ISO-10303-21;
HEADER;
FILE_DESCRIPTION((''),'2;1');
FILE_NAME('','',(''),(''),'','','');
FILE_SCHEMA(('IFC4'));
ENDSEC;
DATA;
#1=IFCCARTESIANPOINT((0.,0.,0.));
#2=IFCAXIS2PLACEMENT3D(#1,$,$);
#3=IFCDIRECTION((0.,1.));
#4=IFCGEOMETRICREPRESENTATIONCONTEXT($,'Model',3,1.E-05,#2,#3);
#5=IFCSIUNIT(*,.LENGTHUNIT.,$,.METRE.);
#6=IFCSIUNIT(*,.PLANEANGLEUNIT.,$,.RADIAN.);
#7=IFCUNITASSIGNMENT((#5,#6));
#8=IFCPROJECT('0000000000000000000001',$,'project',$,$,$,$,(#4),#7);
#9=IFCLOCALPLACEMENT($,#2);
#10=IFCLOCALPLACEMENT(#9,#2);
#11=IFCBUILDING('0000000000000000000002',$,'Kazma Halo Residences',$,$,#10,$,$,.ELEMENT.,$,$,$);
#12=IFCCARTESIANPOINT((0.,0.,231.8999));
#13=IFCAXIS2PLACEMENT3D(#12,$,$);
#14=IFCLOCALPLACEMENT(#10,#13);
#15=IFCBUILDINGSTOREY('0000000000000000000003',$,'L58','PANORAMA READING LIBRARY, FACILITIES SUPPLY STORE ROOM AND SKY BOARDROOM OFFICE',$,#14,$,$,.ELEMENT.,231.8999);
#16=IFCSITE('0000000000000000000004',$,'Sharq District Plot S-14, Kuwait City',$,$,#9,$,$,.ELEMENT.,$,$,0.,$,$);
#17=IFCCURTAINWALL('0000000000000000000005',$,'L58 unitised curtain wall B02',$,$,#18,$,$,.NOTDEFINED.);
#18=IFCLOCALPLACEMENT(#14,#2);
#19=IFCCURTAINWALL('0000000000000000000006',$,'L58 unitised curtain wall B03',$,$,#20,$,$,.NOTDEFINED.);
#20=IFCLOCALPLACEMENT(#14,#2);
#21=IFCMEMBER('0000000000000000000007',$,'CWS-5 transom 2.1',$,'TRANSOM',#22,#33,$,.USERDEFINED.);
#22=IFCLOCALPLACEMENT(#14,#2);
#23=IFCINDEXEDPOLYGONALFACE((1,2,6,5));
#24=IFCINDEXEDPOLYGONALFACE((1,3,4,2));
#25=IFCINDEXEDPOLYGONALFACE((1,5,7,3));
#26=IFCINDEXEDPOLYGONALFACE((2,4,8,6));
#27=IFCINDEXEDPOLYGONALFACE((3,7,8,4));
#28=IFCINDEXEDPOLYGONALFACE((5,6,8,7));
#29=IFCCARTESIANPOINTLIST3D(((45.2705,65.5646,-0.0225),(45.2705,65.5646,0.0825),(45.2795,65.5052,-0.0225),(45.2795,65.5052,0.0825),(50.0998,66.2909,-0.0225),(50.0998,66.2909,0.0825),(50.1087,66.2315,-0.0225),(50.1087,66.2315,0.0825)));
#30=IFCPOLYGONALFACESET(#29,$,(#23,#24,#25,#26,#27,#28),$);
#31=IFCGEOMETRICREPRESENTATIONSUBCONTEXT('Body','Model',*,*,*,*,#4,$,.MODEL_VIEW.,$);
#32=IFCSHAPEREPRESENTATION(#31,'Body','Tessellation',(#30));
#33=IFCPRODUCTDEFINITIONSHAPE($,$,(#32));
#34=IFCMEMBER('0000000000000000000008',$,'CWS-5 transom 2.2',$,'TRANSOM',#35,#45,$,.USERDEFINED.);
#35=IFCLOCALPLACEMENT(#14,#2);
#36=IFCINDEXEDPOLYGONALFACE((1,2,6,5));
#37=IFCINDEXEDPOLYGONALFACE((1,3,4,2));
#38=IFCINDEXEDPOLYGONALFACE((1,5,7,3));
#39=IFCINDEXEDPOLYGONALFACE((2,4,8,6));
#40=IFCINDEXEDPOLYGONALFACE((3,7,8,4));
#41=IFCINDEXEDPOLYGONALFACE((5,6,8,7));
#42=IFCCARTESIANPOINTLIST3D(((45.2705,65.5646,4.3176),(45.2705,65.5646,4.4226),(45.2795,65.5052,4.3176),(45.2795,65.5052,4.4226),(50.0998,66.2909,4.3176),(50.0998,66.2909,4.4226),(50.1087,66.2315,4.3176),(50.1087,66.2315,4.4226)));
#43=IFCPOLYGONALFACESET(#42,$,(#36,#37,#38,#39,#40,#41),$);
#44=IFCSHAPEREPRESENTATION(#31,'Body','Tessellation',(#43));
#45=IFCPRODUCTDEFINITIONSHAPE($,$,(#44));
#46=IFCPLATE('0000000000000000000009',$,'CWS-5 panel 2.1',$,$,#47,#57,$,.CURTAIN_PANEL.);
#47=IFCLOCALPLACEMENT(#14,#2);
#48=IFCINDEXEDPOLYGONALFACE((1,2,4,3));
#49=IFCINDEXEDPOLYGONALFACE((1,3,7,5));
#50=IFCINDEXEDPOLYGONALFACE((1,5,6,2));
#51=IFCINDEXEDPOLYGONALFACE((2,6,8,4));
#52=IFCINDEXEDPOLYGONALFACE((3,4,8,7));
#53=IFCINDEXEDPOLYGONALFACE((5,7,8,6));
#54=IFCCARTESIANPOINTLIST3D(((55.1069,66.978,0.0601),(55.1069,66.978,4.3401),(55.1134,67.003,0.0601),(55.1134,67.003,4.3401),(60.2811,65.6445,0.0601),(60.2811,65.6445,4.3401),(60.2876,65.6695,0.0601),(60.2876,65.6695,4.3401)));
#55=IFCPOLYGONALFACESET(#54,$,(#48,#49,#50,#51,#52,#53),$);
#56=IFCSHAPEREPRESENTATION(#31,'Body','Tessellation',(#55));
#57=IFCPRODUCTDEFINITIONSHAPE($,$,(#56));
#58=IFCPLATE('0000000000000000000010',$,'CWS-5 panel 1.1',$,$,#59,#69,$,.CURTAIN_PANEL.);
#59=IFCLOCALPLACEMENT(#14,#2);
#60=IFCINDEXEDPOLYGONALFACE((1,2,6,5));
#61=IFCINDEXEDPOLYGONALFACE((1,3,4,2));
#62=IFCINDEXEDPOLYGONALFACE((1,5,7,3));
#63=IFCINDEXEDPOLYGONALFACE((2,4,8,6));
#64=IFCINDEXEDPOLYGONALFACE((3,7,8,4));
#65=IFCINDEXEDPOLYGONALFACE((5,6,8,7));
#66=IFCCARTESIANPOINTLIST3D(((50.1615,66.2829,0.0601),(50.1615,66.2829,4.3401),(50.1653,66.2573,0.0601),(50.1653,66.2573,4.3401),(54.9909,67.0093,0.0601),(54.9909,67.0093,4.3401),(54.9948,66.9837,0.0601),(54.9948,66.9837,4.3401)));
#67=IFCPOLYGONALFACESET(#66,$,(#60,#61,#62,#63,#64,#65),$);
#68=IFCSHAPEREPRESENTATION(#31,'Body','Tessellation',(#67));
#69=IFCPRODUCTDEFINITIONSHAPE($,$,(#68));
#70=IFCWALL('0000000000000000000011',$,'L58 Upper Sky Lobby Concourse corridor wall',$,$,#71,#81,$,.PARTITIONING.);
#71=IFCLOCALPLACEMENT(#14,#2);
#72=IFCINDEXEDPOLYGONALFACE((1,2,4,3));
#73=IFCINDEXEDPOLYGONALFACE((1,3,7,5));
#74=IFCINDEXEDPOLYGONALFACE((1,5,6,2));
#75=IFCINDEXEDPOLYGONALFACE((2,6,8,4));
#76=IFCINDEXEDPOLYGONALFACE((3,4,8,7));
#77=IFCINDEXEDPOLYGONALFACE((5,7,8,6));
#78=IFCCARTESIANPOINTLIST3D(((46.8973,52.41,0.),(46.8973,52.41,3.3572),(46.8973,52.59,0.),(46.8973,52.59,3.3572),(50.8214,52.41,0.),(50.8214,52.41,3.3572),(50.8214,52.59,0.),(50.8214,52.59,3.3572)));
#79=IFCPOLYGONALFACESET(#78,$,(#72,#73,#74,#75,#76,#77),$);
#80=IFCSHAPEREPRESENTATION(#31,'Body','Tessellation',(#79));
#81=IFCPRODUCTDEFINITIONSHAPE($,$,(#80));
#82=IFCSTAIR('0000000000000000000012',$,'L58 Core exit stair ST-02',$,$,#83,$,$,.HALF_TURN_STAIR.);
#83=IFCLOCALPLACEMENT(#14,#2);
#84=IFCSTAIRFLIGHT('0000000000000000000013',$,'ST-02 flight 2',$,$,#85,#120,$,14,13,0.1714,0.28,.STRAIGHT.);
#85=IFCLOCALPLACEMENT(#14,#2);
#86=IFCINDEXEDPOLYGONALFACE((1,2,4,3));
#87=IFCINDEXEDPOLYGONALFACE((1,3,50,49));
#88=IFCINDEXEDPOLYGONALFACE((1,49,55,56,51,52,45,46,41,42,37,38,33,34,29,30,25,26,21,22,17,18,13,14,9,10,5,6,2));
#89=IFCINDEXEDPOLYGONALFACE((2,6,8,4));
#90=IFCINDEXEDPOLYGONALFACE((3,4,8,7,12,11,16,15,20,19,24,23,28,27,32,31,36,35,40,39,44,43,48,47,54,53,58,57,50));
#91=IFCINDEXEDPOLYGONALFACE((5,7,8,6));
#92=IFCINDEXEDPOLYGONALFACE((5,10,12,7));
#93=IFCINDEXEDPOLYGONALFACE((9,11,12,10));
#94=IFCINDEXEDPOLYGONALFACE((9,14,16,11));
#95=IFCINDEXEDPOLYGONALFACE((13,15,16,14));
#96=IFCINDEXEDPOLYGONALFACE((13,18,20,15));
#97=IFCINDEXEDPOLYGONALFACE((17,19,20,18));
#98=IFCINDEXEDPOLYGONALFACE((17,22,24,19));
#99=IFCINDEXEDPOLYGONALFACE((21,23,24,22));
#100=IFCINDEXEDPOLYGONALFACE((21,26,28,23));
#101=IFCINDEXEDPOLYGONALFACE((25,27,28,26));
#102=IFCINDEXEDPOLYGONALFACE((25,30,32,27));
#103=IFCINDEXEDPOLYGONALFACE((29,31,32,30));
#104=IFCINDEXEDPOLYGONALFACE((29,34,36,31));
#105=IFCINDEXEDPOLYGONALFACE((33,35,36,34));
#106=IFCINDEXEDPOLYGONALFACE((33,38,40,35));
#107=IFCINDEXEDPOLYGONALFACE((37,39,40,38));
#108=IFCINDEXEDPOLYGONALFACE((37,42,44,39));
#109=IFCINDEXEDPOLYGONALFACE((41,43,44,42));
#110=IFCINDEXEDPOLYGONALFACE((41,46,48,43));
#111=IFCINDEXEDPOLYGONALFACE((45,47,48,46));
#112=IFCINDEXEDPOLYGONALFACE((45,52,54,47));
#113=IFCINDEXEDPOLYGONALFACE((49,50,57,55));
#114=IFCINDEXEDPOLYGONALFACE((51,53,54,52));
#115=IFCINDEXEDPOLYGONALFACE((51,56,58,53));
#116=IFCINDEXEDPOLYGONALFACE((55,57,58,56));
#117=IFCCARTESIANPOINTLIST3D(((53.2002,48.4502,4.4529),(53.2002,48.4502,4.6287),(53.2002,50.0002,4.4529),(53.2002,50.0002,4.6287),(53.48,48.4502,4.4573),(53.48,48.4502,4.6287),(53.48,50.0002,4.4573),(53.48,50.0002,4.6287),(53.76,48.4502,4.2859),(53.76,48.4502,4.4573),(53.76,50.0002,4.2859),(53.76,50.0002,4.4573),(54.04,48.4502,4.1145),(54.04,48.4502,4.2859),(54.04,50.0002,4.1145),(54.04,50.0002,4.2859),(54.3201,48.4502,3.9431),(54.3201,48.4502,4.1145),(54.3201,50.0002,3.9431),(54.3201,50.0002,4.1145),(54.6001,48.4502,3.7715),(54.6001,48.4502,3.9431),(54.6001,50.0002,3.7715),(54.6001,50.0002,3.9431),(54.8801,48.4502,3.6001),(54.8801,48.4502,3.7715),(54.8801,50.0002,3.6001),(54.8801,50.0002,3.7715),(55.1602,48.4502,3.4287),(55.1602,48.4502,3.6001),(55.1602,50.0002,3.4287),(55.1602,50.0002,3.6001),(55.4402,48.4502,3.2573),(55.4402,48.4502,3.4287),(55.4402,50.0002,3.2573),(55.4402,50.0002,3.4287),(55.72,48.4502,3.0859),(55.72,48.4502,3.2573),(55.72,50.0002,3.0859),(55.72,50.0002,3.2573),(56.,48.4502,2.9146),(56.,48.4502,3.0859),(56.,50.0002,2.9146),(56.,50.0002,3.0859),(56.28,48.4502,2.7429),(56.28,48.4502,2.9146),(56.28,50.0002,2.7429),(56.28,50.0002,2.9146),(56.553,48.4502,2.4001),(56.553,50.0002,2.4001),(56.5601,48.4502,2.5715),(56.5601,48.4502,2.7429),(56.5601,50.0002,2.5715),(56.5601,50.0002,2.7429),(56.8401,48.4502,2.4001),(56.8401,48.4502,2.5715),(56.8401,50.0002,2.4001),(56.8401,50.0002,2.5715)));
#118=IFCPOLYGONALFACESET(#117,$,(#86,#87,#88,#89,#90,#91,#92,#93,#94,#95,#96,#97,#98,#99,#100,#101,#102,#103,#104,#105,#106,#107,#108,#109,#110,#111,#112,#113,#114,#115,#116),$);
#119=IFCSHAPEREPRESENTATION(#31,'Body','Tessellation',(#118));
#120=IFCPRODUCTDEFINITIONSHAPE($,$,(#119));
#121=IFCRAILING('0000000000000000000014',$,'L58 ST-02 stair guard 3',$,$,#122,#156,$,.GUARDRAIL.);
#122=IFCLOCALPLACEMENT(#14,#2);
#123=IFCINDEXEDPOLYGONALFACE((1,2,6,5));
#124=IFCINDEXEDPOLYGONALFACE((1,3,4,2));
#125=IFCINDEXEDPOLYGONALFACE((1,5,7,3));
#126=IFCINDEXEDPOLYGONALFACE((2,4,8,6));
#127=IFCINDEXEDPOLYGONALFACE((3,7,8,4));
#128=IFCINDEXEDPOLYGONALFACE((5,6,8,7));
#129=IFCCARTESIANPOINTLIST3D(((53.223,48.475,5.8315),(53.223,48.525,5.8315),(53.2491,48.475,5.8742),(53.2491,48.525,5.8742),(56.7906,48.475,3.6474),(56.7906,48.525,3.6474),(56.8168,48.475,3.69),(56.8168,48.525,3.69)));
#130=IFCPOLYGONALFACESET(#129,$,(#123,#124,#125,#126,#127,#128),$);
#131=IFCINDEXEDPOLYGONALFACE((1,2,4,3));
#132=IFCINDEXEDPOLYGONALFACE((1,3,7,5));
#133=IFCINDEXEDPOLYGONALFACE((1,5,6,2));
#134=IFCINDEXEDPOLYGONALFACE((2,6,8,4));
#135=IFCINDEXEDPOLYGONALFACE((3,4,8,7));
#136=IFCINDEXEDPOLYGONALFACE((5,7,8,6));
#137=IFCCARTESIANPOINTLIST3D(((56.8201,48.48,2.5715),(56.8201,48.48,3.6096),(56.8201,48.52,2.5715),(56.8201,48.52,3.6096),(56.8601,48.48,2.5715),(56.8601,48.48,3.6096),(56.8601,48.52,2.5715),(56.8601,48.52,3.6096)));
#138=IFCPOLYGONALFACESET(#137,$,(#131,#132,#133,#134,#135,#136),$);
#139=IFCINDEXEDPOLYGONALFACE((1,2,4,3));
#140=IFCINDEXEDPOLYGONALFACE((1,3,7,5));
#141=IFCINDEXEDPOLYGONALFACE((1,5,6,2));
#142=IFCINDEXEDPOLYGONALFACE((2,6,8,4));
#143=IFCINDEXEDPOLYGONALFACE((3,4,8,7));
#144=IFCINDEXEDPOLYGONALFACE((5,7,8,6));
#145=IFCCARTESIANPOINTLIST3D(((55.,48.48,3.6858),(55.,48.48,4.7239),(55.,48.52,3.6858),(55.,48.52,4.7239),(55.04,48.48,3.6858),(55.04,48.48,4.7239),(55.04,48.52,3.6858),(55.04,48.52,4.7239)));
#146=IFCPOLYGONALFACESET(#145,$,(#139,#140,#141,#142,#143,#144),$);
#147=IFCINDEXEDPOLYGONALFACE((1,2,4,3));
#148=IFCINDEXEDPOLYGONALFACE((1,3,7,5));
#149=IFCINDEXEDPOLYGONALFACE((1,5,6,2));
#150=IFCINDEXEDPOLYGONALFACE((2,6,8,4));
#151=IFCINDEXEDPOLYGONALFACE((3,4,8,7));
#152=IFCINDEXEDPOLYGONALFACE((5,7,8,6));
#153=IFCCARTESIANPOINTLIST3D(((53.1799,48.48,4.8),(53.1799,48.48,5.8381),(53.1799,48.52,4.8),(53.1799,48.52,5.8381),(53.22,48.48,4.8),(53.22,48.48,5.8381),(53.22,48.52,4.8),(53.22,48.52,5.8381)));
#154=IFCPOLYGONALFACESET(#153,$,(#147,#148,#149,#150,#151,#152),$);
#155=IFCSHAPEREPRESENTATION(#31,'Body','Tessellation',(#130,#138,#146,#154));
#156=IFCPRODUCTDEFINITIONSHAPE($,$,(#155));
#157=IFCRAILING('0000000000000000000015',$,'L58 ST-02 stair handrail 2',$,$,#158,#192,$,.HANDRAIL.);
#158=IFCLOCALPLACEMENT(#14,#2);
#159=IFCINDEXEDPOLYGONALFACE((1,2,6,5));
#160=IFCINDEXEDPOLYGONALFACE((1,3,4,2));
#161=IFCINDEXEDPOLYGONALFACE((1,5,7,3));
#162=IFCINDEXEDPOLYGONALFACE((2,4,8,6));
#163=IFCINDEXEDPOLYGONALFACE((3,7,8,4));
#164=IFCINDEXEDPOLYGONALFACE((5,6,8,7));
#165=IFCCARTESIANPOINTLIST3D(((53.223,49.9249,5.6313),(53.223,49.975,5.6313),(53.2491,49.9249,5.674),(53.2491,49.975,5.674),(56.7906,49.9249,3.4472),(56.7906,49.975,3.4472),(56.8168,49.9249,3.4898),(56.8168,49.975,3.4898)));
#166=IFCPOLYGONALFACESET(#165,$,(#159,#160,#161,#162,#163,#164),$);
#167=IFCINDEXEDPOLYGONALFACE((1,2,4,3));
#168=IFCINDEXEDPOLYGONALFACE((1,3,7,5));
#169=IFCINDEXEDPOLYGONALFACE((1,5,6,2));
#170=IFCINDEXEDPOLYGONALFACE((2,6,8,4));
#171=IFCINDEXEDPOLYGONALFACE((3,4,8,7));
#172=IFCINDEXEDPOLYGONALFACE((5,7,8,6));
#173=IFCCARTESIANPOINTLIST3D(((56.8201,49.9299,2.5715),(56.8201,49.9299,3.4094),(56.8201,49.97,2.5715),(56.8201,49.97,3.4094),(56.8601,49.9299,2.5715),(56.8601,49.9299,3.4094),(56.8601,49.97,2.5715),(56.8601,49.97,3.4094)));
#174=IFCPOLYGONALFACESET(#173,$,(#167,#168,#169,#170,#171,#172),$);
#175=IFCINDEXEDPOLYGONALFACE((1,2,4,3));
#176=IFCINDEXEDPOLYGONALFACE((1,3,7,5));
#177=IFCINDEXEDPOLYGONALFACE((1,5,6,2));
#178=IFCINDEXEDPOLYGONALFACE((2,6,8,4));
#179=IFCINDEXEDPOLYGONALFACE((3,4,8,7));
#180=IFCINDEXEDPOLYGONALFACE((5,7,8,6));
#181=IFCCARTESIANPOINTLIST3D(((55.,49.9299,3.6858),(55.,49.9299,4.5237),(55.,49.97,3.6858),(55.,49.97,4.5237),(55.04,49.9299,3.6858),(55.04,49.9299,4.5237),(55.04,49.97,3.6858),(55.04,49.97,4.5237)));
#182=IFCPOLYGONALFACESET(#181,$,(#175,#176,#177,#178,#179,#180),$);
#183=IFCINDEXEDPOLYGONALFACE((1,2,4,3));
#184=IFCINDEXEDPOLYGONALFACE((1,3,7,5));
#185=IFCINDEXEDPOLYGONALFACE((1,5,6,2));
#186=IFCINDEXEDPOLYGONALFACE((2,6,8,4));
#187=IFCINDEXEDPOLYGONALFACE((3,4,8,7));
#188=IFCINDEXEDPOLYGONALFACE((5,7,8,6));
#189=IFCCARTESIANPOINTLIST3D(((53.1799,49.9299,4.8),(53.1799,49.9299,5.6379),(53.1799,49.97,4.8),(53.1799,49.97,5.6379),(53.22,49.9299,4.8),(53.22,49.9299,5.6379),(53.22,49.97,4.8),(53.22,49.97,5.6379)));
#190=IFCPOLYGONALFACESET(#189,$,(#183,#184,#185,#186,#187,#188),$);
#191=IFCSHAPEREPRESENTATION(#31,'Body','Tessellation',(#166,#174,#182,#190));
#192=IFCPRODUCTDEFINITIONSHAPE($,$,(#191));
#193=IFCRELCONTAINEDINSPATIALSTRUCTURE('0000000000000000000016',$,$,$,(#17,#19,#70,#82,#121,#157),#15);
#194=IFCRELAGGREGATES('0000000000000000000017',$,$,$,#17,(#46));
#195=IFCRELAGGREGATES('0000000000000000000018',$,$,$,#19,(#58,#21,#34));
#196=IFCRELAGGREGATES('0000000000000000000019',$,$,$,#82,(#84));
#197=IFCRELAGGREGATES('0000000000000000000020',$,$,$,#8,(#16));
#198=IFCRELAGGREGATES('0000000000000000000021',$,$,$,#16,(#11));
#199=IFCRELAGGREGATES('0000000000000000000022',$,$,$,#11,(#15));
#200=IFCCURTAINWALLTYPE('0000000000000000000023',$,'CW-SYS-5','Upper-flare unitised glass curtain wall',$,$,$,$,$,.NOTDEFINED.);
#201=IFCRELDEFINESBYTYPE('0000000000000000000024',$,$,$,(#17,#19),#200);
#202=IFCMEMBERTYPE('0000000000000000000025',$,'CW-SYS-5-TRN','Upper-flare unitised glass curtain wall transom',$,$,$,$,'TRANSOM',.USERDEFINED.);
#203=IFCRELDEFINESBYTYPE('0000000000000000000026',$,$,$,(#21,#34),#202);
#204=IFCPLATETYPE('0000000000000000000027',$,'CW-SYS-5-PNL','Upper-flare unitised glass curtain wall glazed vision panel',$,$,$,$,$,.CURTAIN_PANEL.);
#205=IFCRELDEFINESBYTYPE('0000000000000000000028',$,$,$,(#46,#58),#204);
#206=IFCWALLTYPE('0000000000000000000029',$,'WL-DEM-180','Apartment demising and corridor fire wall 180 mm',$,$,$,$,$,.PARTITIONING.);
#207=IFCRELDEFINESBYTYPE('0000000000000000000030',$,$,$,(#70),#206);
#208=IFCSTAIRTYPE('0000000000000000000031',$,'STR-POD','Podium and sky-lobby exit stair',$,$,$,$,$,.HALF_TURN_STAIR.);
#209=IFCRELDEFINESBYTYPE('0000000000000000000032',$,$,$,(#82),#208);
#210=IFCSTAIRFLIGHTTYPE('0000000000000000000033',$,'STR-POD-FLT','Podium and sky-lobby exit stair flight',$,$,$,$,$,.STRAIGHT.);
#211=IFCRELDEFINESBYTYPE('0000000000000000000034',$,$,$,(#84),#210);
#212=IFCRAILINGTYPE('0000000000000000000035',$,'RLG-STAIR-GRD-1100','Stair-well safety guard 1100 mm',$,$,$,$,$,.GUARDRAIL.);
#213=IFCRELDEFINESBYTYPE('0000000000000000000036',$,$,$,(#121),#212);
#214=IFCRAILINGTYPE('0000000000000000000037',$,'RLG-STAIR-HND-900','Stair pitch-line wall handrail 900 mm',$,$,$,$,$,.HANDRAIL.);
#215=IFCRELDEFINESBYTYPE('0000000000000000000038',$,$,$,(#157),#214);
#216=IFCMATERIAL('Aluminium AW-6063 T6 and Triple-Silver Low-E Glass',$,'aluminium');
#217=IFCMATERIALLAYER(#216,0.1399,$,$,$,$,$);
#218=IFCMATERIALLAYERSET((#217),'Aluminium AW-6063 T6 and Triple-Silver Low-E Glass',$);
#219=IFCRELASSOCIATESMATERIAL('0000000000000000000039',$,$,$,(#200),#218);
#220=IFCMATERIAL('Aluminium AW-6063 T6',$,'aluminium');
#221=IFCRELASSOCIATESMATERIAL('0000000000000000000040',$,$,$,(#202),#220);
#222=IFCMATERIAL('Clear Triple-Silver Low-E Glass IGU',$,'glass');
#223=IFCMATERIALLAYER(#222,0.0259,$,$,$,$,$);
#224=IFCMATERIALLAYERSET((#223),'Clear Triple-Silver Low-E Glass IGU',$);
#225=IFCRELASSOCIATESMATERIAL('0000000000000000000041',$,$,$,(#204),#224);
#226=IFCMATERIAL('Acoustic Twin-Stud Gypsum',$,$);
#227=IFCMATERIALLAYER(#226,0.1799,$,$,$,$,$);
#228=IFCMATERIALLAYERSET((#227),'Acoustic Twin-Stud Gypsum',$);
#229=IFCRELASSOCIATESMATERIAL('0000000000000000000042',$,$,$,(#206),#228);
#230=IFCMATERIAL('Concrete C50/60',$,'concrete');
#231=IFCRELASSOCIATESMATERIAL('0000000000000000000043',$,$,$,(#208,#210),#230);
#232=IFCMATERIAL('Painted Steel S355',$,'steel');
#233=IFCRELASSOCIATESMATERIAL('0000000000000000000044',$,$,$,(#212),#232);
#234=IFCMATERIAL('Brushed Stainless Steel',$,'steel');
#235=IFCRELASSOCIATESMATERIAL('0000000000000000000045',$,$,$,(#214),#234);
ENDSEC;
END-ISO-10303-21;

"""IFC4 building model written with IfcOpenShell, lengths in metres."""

from ifc_helpers import new_model, si_unit, direction, frame, frame_2d, origin, origin_2d, place, context, subcontext, project, spatial, polyline, rectangle, outline, extrude, material, layer, layer_set, material_profile, profile_set, type_object, element, aggregate, save


model = new_model("IFC4")

# Units and contexts
model_context = context("Model", 3, precision=1e-05, world=origin(), true_north=direction((0.0, 1.0)))
body_context = subcontext(model_context, "Body", "Model", "MODEL_VIEW")
ifc_project = project(units=[si_unit("LENGTHUNIT", "METRE"), si_unit("PLANEANGLEUNIT", "RADIAN")], contexts=[model_context])

# Site, building, storey
site_placement = place(None, origin())
site = spatial("IfcSite", under=ifc_project, at=site_placement, Name="Sharq District Plot S-14, Kuwait City", CompositionType="ELEMENT", RefElevation=0.0)
building_placement = place(site_placement, origin())
building = spatial("IfcBuilding", under=site, at=building_placement, Name="Kazma Halo Residences", CompositionType="ELEMENT")
storey_placement = place(building_placement, frame((0.0, 0.0, 231.8999)))
storey = spatial("IfcBuildingStorey", under=building, at=storey_placement, Name="L58", Description="PANORAMA READING LIBRARY, FACILITIES SUPPLY STORE ROOM AND SKY BOARDROOM OFFICE", CompositionType="ELEMENT", Elevation=231.8999)

# Curtain wall
ifc_material_1 = material(Name="Aluminium AW-6063 T6 and Triple-Silver Low-E Glass", Category="aluminium")
ifc_layer_1 = layer(ifc_material_1, 0.1399)
ifc_layer_set_1 = layer_set([ifc_layer_1], Name="Aluminium AW-6063 T6 and Triple-Silver Low-E Glass")
curtain_wall_type = type_object("IfcCurtainWallType", Name="CW-SYS-5", Description="Upper-flare unitised glass curtain wall", PredefinedType="NOTDEFINED", material=ifc_layer_set_1)
curtain_wall_1_placement = place(storey_placement, origin())
curtain_wall_1 = element("IfcCurtainWall", 1, at=curtain_wall_1_placement, inside=storey, type_object=curtain_wall_type, Name="L58 unitised curtain wall B02", PredefinedType="NOTDEFINED")
ifc_material_2 = material(Name="Aluminium AW-6063 T6", Category="aluminium")

# Curtain wall
curtain_wall_2_placement = place(storey_placement, origin())
curtain_wall_2 = element("IfcCurtainWall", 2, at=curtain_wall_2_placement, inside=storey, type_object=curtain_wall_type, Name="L58 unitised curtain wall B03", PredefinedType="NOTDEFINED")

# Members
ifc_material_profile_1 = material_profile(ifc_material_2, rectangle(XDim=0.0601, YDim=0.105, at=origin_2d()), Name="CWT-60x105")
ifc_profile_set_1 = profile_set([ifc_material_profile_1], Name="Aluminium AW-6063 T6")
member_type_1 = type_object("IfcMemberType", Name="CW-SYS-5-TRN", Description="Upper-flare unitised glass curtain wall transom", ElementType="TRANSOM", PredefinedType="USERDEFINED", material=ifc_profile_set_1)
member_1_placement = place(storey_placement, frame((50.1042, 66.2612, 0.03), z_axis=(-0.988879, -0.148724, 0.0), x_axis=(0.148724, -0.988879, 0.0)))
member_1 = element("IfcMember", 3, at=member_1_placement, type_object=member_type_1, Name="CWS-5 transom 2.1", ObjectType="TRANSOM", PredefinedType="USERDEFINED", context=body_context, shape_type="SweptSolid", body=[
    extrude(rectangle(XDim=0.0601, YDim=0.105, at=origin_2d()), origin(), (0.0, 0.0, 1.0), 4.8835),
])
member_2_placement = place(storey_placement, frame((50.1042, 66.2612, 4.3701), z_axis=(-0.988879, -0.148724, 0.0), x_axis=(0.148724, -0.988879, 0.0)))
member_2 = element("IfcMember", 4, at=member_2_placement, type_object=member_type_1, Name="CWS-5 transom 2.2", ObjectType="TRANSOM", PredefinedType="USERDEFINED", context=body_context, shape_type="SweptSolid", body=[
    extrude(rectangle(XDim=0.0601, YDim=0.105, at=origin_2d()), origin(), (0.0, 0.0, 1.0), 4.8835),
])

# Plates
ifc_material_3 = material(Name="Clear Triple-Silver Low-E Glass IGU", Category="glass")
ifc_layer_2 = layer(ifc_material_3, 0.0259)
ifc_layer_set_2 = layer_set([ifc_layer_2], Name="Clear Triple-Silver Low-E Glass IGU")
plate_type = type_object("IfcPlateType", Name="CW-SYS-5-PNL", Description="Upper-flare unitised glass curtain wall glazed vision panel", PredefinedType="CURTAIN_PANEL", material=ifc_layer_set_2)
plate_1_placement = place(storey_placement, frame((57.6973, 66.3237, 0.0601), z_axis=(0.0, 0.0, 1.0), x_axis=(-0.968358, 0.249567, 0.0)))
plate_1 = element("IfcPlate", 5, at=plate_1_placement, type_object=plate_type, Name="CWS-5 panel 2.1", PredefinedType="CURTAIN_PANEL", context=body_context, shape_type="SweptSolid", body=[
    extrude(rectangle(XDim=5.3433, YDim=0.0259, at=origin_2d()), origin(), (0.0, 0.0, 1.0), 4.28),
])
aggregate(curtain_wall_1, [plate_1])
plate_2_placement = place(storey_placement, frame((52.5781, 66.6333, 0.0601), z_axis=(0.0, 0.0, 1.0), x_axis=(-0.988877, -0.148733, 0.0)))
plate_2 = element("IfcPlate", 6, at=plate_2_placement, type_object=plate_type, Name="CWS-5 panel 1.1", PredefinedType="CURTAIN_PANEL", context=body_context, shape_type="SweptSolid", body=[
    extrude(rectangle(XDim=4.8838, YDim=0.0259, at=origin_2d()), origin(), (0.0, 0.0, 1.0), 4.28),
])
aggregate(curtain_wall_2, [plate_2, member_1, member_2])

# Shared definitions
ifc_material_4 = material(Name="Acoustic Twin-Stud Gypsum")
ifc_layer_3 = layer(ifc_material_4, 0.1799)
ifc_layer_set_3 = layer_set([ifc_layer_3], Name="Acoustic Twin-Stud Gypsum")
wall_type = type_object("IfcWallType", Name="WL-DEM-180", Description="Apartment demising and corridor fire wall 180 mm", PredefinedType="PARTITIONING", material=ifc_layer_set_3)

# Wall
wall_1_placement = place(storey_placement, frame((50.8213, 52.5, 0.0), z_axis=(0.0, 0.0, 1.0), x_axis=(-1.0, 0.0, 0.0)))
element("IfcWall", 7, at=wall_1_placement, inside=storey, type_object=wall_type, Name="L58 Upper Sky Lobby Concourse corridor wall", PredefinedType="PARTITIONING", context=body_context, shape_type="SweptSolid", body=[
    extrude(rectangle(XDim=3.9241, YDim=0.1799, at=frame_2d((1.9619, 0.0))), origin(), (0.0, 0.0, 1.0), 3.3572),
])

# Stair, stair flight
ifc_material_5 = material(Name="Concrete C50/60", Category="concrete")
stair_type = type_object("IfcStairType", Name="STR-POD", Description="Podium and sky-lobby exit stair", PredefinedType="HALF_TURN_STAIR", material=ifc_material_5)
stair_placement = place(storey_placement, origin())
stair = element("IfcStair", 8, at=stair_placement, inside=storey, type_object=stair_type, Name="L58 Core exit stair ST-02", PredefinedType="HALF_TURN_STAIR")
stair_flight_type = type_object("IfcStairFlightType", Name="STR-POD-FLT", Description="Podium and sky-lobby exit stair flight", PredefinedType="STRAIGHT", material=ifc_material_5)
stair_flight_placement = place(storey_placement, frame((56.8401, 49.2251, 2.4001), z_axis=(0.0, 0.0, 1.0), x_axis=(-1.0, 0.0, 0.0)))
stair_flight = element("IfcStairFlight", 9, at=stair_flight_placement, type_object=stair_flight_type, Name="ST-02 flight 2", NumberOfRisers=14, NumberOfTreads=13, PredefinedType="STRAIGHT", RiserHeight=0.1714, TreadLength=0.28, context=body_context, shape_type="SweptSolid", body=[
    extrude(outline(polyline([(0.0, 0.0), (0.0, 0.1714), (0.28, 0.1714), (0.28, 0.3428), (0.5601, 0.3428), (0.5601, 0.5144), (0.8401, 0.5144), (0.8401, 0.6858), (1.1201, 0.6858), (1.1201, 0.8572), (1.3999, 0.8572), (1.3999, 1.0286), (1.6799, 1.0286), (1.6799, 1.2), (1.96, 1.2), (1.96, 1.3713), (2.24, 1.3713), (2.24, 1.543), (2.52, 1.543), (2.52, 1.7144), (2.8, 1.7144), (2.8, 1.8857), (3.0801, 1.8857), (3.0801, 2.0571), (3.3601, 2.0571), (3.3601, 2.2285), (3.6399, 2.2285), (3.6399, 2.3999), (3.6399, 2.0527), (0.2871, 0.0), (0.0, 0.0)])), frame((0.0, 0.7749, 0.0), z_axis=(0.0, -1.0, 0.0), x_axis=(1.0, 0.0, 0.0)), (0.0, 0.0, 1.0), 1.55),
])
aggregate(stair, [stair_flight])

# Railings
ifc_material_6 = material(Name="Painted Steel S355", Category="steel")
railing_type_1 = type_object("IfcRailingType", Name="RLG-STAIR-GRD-1100", Description="Stair-well safety guard 1100 mm", PredefinedType="GUARDRAIL", material=ifc_material_6)
railing_1_placement = place(storey_placement, frame((56.8401, 48.5, 2.5715)))
element("IfcRailing", 10, at=railing_1_placement, inside=storey, type_object=railing_type_1, Name="L58 ST-02 stair guard 3", PredefinedType="GUARDRAIL", context=body_context, shape_type="SweptSolid", body=[
    extrude(rectangle(XDim=0.05, YDim=0.05, at=origin_2d()), frame((-0.0364, 0.0, 1.0972), z_axis=(-0.852866, 0.0, 0.52213), x_axis=(0.0, -1.0, 0.0)), (0.0, 0.0, 1.0), 4.1831),
    extrude(rectangle(XDim=0.04, YDim=0.04, at=origin_2d()), origin(), (0.0, 0.0, 1.0), 1.0381),
    extrude(rectangle(XDim=0.04, YDim=0.04, at=origin_2d()), frame((-1.8201, 0.0, 1.1143)), (0.0, 0.0, 1.0), 1.0381),
    extrude(rectangle(XDim=0.04, YDim=0.04, at=origin_2d()), frame((-3.6401, 0.0, 2.2285)), (0.0, 0.0, 1.0), 1.0381),
])
ifc_material_7 = material(Name="Brushed Stainless Steel", Category="steel")
railing_type_2 = type_object("IfcRailingType", Name="RLG-STAIR-HND-900", Description="Stair pitch-line wall handrail 900 mm", PredefinedType="HANDRAIL", material=ifc_material_7)
railing_2_placement = place(storey_placement, frame((56.8401, 49.95, 2.5715)))
element("IfcRailing", 11, at=railing_2_placement, inside=storey, type_object=railing_type_2, Name="L58 ST-02 stair handrail 2", PredefinedType="HANDRAIL", context=body_context, shape_type="SweptSolid", body=[
    extrude(rectangle(XDim=0.05, YDim=0.05, at=origin_2d()), frame((-0.0364, 0.0, 0.897), z_axis=(-0.852866, 0.0, 0.52213), x_axis=(0.0, -1.0, 0.0)), (0.0, 0.0, 1.0), 4.1831),
    extrude(rectangle(XDim=0.04, YDim=0.04, at=origin_2d()), origin(), (0.0, 0.0, 1.0), 0.8379),
    extrude(rectangle(XDim=0.04, YDim=0.04, at=origin_2d()), frame((-1.8201, 0.0, 1.1143)), (0.0, 0.0, 1.0), 0.8379),
    extrude(rectangle(XDim=0.04, YDim=0.04, at=origin_2d()), frame((-3.6401, 0.0, 2.2285)), (0.0, 0.0, 1.0), 0.8379),
])

save(model, "model.ifc")
